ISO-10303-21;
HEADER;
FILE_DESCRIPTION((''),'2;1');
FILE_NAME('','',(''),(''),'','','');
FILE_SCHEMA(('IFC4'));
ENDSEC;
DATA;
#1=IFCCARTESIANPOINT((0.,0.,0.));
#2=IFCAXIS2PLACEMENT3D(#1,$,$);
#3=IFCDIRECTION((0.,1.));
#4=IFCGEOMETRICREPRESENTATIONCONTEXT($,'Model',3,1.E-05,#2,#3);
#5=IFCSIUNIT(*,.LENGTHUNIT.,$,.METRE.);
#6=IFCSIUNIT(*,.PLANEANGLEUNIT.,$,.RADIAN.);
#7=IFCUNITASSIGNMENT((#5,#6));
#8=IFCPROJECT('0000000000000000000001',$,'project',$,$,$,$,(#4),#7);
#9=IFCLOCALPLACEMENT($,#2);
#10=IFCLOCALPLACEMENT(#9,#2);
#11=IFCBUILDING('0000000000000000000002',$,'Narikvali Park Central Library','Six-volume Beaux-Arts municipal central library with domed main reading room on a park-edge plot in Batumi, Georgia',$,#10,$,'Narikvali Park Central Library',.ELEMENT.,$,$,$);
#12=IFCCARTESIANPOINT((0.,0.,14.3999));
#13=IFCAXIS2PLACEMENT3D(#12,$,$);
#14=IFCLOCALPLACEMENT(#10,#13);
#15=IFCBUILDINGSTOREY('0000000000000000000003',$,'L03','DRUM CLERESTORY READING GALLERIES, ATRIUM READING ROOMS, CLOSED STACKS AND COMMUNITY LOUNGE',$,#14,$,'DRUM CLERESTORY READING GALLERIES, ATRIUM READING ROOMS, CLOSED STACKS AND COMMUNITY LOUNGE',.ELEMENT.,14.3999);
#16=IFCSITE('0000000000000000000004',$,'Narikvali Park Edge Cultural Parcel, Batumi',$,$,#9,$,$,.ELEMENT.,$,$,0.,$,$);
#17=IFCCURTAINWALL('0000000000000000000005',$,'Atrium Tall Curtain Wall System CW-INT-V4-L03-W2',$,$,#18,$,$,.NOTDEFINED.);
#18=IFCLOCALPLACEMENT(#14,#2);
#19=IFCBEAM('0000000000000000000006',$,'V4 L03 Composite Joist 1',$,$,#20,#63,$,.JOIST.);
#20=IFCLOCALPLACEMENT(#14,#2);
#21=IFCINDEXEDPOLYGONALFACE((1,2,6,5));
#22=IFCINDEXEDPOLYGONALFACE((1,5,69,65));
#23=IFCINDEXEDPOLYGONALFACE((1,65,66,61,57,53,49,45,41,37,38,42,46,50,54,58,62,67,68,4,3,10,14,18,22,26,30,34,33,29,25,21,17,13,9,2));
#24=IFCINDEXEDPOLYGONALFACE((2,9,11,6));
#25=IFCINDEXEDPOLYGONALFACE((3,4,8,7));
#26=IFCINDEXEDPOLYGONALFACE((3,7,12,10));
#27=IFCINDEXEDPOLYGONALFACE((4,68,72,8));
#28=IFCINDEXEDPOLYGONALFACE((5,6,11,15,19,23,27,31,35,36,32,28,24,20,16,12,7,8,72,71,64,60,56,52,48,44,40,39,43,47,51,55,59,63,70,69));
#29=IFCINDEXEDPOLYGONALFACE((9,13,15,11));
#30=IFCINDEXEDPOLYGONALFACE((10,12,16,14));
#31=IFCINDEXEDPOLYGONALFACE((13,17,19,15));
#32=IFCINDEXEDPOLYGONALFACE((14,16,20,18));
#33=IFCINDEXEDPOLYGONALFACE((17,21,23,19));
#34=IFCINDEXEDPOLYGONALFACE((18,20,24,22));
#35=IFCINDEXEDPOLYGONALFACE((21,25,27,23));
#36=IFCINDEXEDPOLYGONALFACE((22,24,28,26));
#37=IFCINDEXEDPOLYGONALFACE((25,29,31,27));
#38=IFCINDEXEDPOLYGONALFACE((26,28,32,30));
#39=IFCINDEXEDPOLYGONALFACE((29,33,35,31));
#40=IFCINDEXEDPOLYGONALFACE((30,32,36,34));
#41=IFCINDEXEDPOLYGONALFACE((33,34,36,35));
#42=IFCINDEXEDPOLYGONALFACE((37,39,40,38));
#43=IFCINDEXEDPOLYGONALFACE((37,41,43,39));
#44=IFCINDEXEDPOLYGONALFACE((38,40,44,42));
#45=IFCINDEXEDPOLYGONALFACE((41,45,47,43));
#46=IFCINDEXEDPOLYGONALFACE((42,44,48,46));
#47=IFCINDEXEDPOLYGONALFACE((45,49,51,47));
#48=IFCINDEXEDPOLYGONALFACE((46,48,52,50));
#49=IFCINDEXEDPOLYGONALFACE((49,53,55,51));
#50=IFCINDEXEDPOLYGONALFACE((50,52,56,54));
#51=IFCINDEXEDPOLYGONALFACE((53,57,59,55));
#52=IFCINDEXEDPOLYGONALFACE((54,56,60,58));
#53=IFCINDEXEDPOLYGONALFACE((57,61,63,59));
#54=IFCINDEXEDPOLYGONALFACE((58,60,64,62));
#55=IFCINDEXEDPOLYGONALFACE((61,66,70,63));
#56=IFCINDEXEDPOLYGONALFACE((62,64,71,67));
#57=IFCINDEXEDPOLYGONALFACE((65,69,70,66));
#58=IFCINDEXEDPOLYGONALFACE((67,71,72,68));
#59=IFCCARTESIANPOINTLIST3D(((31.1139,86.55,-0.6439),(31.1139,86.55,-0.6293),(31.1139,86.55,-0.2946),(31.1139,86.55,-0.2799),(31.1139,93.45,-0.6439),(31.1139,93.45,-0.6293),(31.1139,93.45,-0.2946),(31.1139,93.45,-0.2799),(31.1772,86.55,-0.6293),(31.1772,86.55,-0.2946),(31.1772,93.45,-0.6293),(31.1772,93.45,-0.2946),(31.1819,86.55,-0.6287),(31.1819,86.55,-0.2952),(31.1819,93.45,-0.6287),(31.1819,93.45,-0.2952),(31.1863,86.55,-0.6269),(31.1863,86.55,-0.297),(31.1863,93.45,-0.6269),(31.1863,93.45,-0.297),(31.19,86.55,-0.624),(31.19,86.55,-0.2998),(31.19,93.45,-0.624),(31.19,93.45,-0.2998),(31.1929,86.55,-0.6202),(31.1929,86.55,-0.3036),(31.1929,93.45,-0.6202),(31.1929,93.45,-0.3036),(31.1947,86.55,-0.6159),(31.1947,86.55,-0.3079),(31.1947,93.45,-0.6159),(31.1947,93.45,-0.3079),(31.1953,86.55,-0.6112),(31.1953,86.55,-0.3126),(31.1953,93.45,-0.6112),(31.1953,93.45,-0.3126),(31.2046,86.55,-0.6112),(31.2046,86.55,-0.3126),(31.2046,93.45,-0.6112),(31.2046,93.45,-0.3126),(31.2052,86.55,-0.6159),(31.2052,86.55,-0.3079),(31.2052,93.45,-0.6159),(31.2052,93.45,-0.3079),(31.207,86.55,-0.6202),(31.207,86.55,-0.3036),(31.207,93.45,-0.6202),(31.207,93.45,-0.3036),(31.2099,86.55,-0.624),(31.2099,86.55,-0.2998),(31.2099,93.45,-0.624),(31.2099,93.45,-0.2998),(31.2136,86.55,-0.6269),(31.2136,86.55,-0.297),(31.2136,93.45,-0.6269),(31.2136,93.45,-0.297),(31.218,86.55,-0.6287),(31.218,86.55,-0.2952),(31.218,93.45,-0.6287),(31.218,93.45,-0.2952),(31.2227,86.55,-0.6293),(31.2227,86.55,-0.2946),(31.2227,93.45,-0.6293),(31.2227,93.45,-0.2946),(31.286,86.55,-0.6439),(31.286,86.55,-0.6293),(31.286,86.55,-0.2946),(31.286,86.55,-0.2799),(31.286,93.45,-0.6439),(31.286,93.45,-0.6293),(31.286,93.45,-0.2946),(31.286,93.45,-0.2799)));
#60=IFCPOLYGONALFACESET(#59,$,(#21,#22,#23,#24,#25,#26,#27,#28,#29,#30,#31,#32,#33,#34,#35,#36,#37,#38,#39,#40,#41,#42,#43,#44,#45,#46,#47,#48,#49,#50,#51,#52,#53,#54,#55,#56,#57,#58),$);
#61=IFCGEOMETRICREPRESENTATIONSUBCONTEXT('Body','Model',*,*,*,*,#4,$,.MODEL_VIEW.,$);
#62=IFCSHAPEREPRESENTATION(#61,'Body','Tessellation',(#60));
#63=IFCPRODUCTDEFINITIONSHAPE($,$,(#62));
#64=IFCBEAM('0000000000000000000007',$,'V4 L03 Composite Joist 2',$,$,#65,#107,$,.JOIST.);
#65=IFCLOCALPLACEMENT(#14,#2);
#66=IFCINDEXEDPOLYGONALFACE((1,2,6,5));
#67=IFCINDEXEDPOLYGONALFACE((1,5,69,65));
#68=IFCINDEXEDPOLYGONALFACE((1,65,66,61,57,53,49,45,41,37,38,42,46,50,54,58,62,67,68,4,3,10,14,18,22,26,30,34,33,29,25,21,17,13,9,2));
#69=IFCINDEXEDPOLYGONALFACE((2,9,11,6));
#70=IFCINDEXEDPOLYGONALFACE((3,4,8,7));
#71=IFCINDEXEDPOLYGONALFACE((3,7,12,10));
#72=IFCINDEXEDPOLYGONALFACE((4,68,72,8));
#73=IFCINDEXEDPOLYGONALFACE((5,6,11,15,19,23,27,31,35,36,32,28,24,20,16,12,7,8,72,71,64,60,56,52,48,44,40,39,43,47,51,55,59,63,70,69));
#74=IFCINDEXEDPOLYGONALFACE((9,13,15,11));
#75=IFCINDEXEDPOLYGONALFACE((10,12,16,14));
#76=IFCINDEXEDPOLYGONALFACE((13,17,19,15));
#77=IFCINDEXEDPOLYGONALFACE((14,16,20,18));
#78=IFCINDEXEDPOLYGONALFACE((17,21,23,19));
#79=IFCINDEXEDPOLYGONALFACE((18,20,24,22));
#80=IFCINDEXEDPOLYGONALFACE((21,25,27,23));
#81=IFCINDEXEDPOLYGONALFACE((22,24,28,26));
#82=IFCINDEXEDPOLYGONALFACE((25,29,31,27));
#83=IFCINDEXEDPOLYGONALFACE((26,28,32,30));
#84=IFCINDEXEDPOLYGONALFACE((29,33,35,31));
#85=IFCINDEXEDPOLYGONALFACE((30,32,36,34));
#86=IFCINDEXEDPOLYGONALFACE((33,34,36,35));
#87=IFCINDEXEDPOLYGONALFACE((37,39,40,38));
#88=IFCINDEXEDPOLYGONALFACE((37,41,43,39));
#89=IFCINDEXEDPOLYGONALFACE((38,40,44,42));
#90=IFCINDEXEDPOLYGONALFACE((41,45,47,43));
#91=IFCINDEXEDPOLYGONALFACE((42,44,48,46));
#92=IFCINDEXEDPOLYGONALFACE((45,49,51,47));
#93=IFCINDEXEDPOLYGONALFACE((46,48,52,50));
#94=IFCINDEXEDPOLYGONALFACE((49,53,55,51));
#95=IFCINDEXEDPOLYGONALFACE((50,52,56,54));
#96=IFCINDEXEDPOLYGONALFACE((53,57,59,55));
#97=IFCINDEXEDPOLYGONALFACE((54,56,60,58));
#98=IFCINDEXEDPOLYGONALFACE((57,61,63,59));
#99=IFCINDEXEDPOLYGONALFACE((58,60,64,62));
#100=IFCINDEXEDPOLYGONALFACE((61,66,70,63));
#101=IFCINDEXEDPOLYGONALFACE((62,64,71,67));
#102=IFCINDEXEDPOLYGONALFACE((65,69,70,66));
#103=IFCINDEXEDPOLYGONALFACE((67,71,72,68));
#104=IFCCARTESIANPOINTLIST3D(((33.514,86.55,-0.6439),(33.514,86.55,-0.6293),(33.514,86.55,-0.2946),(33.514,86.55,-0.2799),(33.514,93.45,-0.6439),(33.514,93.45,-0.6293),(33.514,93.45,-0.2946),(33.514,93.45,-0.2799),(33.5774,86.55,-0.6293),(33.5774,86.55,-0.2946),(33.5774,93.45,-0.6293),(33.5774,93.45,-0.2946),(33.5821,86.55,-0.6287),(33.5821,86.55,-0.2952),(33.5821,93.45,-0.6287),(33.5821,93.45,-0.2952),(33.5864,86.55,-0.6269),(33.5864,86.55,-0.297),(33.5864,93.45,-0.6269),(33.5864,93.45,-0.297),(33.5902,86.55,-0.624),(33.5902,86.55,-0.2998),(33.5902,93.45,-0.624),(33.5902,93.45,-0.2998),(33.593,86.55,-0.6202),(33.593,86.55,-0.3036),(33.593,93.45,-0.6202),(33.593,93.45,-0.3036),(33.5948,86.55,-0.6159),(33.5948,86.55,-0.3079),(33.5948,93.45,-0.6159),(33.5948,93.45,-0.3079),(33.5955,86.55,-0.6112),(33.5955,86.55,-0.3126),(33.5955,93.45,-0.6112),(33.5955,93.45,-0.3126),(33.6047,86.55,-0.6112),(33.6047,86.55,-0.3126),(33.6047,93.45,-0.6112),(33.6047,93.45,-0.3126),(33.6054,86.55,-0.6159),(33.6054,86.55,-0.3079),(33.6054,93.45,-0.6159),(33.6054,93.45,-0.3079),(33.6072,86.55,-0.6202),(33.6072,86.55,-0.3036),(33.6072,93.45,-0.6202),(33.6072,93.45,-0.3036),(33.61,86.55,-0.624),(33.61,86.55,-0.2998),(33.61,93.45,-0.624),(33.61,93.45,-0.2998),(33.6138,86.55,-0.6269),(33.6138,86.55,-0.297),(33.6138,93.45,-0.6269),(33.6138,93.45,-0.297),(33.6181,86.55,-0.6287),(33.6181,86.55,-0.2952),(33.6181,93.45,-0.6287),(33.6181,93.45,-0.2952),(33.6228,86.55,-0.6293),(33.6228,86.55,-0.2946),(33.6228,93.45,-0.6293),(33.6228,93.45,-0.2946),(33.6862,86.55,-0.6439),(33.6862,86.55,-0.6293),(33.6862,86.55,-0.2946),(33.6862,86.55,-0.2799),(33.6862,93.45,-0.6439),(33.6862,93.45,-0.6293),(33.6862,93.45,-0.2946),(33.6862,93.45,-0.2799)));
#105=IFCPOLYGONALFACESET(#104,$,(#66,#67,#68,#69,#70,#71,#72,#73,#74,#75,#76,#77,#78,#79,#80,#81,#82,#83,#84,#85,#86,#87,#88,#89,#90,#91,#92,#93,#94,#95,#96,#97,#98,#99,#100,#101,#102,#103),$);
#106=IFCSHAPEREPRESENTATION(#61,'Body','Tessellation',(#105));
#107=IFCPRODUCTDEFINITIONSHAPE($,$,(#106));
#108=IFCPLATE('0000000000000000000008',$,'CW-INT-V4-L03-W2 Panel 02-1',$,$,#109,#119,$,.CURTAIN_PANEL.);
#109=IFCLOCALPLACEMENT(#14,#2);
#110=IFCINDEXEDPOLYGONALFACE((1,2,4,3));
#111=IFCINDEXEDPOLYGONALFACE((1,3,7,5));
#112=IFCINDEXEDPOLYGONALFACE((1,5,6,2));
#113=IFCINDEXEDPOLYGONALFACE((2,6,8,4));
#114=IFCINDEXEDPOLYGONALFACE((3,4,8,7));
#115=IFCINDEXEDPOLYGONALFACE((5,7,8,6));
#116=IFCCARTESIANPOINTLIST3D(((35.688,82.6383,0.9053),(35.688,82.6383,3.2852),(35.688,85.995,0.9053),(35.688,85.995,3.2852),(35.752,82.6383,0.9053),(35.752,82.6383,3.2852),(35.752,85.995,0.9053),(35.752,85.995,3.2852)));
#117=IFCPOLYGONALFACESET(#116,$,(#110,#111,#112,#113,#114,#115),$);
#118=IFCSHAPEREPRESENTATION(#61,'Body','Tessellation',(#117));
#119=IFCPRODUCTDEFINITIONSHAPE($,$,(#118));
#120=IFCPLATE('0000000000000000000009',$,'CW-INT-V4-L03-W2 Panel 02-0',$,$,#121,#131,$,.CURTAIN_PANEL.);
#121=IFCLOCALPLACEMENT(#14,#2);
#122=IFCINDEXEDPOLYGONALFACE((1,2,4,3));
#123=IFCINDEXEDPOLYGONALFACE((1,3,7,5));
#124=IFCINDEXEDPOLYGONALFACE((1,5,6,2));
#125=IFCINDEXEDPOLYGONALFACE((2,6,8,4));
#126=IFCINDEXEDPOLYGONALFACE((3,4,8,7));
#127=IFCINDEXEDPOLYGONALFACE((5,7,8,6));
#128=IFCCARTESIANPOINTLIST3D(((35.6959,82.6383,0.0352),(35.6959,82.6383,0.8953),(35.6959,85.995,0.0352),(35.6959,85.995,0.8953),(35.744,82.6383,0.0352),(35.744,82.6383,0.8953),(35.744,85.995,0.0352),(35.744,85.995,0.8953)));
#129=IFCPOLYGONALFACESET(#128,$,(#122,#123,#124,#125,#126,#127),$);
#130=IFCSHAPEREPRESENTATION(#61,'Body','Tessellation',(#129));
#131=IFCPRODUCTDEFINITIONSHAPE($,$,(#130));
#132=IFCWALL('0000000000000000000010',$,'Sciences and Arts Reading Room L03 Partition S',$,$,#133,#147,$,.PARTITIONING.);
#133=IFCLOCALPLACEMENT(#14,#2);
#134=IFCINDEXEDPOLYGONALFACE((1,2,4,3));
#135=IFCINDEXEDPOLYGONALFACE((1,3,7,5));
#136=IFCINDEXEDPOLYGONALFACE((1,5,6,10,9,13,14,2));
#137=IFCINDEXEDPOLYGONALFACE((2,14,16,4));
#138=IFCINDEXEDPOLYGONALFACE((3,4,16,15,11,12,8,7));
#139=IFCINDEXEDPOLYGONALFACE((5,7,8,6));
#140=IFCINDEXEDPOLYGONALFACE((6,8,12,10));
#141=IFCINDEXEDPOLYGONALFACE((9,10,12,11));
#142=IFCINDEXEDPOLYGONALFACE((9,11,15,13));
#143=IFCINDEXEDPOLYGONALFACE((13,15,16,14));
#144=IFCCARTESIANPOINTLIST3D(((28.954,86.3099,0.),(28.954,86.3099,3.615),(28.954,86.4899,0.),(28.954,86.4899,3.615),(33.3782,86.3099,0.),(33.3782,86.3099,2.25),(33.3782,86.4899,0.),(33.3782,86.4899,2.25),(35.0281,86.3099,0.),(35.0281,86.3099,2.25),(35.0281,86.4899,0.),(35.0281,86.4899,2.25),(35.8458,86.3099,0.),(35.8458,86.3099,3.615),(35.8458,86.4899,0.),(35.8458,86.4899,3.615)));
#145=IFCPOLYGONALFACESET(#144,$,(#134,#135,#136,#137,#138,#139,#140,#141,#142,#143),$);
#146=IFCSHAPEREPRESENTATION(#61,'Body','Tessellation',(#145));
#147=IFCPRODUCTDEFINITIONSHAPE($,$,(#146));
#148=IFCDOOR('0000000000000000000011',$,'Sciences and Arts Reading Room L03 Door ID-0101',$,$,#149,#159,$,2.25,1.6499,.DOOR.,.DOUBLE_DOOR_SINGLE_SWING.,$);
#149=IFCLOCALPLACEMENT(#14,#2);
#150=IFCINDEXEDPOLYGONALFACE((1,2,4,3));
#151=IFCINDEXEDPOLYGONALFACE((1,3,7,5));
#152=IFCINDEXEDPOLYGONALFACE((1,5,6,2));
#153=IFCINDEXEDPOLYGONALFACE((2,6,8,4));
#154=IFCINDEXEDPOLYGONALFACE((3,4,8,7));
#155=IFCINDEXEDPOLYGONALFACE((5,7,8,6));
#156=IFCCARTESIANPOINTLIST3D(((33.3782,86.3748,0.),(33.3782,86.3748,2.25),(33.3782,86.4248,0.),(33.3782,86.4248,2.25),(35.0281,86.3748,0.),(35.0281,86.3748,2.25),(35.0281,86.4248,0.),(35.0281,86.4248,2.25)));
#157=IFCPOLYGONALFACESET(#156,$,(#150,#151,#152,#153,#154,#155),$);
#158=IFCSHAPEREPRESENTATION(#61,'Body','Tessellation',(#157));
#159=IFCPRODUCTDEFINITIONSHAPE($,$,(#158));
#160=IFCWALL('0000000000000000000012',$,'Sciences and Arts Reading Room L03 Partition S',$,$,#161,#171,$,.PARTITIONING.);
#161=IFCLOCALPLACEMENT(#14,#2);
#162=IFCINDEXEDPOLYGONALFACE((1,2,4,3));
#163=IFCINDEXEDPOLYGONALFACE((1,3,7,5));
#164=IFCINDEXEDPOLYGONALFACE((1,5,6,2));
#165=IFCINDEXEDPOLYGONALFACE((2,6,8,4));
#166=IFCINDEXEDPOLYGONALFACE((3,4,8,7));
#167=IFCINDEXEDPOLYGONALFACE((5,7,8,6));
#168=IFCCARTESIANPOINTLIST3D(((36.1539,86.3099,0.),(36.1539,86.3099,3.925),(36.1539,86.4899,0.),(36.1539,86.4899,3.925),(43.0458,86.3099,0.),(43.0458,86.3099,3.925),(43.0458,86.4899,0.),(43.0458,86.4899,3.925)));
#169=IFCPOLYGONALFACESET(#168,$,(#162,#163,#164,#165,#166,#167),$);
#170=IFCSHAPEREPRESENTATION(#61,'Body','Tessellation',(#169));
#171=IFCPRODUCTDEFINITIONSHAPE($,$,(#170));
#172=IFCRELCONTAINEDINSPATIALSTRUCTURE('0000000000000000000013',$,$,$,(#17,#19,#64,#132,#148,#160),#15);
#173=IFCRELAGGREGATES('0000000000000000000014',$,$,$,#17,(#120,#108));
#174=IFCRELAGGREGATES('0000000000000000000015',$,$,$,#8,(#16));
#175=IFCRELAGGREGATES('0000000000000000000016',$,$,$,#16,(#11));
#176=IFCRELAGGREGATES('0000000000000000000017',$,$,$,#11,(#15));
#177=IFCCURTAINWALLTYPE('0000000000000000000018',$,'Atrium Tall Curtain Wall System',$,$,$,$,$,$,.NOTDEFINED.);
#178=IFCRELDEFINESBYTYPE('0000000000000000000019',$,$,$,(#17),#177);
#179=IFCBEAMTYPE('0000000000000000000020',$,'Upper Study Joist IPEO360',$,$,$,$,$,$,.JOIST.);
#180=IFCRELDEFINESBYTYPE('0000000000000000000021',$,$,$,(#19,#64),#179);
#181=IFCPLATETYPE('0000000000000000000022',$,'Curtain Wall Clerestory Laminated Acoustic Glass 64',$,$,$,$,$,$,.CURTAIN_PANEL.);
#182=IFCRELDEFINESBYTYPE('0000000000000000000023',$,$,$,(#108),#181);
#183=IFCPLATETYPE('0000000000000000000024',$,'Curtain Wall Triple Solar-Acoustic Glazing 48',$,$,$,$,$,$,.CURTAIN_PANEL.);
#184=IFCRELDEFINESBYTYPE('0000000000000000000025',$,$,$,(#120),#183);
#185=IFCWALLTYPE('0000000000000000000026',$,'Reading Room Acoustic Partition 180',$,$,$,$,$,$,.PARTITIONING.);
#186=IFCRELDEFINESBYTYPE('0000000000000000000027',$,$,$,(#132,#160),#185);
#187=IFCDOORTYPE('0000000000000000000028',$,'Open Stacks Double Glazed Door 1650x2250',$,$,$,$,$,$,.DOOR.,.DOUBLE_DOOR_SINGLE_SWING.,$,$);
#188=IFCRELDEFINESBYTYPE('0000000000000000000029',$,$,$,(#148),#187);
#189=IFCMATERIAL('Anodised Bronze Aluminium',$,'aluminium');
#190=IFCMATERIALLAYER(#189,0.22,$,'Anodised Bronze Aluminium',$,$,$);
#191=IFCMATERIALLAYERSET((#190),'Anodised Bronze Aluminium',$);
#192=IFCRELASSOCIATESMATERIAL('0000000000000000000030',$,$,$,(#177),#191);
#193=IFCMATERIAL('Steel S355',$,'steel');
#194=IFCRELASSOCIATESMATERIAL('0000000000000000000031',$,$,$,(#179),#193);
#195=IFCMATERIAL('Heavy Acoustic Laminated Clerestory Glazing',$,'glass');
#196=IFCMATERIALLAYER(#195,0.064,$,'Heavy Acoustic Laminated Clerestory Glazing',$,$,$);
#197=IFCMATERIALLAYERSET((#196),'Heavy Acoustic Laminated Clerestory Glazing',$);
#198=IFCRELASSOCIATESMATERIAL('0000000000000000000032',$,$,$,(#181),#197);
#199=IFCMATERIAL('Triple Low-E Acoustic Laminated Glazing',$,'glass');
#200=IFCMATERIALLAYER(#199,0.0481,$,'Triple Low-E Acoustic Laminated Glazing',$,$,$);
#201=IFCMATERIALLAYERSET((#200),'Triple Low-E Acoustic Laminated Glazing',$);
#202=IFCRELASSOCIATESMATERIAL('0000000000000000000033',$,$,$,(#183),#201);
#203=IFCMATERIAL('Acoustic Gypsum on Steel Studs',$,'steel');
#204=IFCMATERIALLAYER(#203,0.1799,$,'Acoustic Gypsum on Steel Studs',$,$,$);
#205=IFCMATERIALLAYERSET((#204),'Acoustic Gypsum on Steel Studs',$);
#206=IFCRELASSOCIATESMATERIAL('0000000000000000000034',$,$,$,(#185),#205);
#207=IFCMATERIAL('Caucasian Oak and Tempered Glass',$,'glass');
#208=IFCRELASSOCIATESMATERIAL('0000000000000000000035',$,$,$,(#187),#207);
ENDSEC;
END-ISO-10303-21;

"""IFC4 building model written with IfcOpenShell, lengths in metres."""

from ifc_helpers import new_model, si_unit, direction, frame, frame_2d, origin, origin_2d, place, context, subcontext, project, spatial, rectangle, i_section, extrude, material, layer, layer_set, material_profile, profile_set, type_object, element, fill, aggregate, save


model = new_model("IFC4")

# Units and contexts
model_context = context("Model", 3, precision=1e-05, world=origin(), true_north=direction((0.0, 1.0)))
body_context = subcontext(model_context, "Body", "Model", "MODEL_VIEW")
ifc_project = project(units=[si_unit("LENGTHUNIT", "METRE"), si_unit("PLANEANGLEUNIT", "RADIAN")], contexts=[model_context])

# Site, building, storey
site_placement = place(None, origin())
site = spatial("IfcSite", under=ifc_project, at=site_placement, Name="Narikvali Park Edge Cultural Parcel, Batumi", CompositionType="ELEMENT", RefElevation=0.0)
building_placement = place(site_placement, origin())
building = spatial("IfcBuilding", under=site, at=building_placement, Name="Narikvali Park Central Library", Description="Six-volume Beaux-Arts municipal central library with domed main reading room on a park-edge plot in Batumi, Georgia", LongName="Narikvali Park Central Library", CompositionType="ELEMENT")
storey_placement = place(building_placement, frame((0.0, 0.0, 14.3999)))
storey = spatial("IfcBuildingStorey", under=building, at=storey_placement, Name="L03", Description="DRUM CLERESTORY READING GALLERIES, ATRIUM READING ROOMS, CLOSED STACKS AND COMMUNITY LOUNGE", LongName="DRUM CLERESTORY READING GALLERIES, ATRIUM READING ROOMS, CLOSED STACKS AND COMMUNITY LOUNGE", CompositionType="ELEMENT", Elevation=14.3999)

# Shared definitions
ifc_material_1 = material(Name="Steel S355", Category="steel")

# Curtain wall
ifc_material_2 = material(Name="Anodised Bronze Aluminium", Category="aluminium")
ifc_layer_1 = layer(ifc_material_2, 0.22, Name="Anodised Bronze Aluminium")
ifc_layer_set_1 = layer_set([ifc_layer_1], Name="Anodised Bronze Aluminium")
curtain_wall_type = type_object("IfcCurtainWallType", Name="Atrium Tall Curtain Wall System", PredefinedType="NOTDEFINED", material=ifc_layer_set_1)
curtain_wall_1_placement = place(storey_placement, origin())
curtain_wall_1 = element("IfcCurtainWall", 1, at=curtain_wall_1_placement, inside=storey, type_object=curtain_wall_type, Name="Atrium Tall Curtain Wall System CW-INT-V4-L03-W2", PredefinedType="NOTDEFINED")

# Beams
ifc_material_profile_1 = material_profile(ifc_material_1, i_section(OverallWidth=0.1721, OverallDepth=0.364, WebThickness=0.0093, FlangeThickness=0.0146, FilletRadius=0.0181, at=origin_2d()), Name="IPEO 360")
ifc_profile_set_1 = profile_set([ifc_material_profile_1], Name="Steel S355")
beam_type_1 = type_object("IfcBeamType", Name="Upper Study Joist IPEO360", PredefinedType="JOIST", material=ifc_profile_set_1)
for number, where, z_axis, x_axis, name in (
    (2, (31.2, 86.55, -0.4619), (0.0, 1.0, 0.0), (-1.0, 0.0, 0.0), "V4 L03 Composite Joist 1"),
    (3, (33.6001, 86.55, -0.4619), (0.0, 1.0, 0.0), (-1.0, 0.0, 0.0), "V4 L03 Composite Joist 2"),
):
    element("IfcBeam", number, at=place(storey_placement, frame(where, z_axis=z_axis, x_axis=x_axis)), inside=storey, type_object=beam_type_1, Name=name, PredefinedType="JOIST", context=body_context, shape_type="SweptSolid", body=[
        extrude(i_section(OverallWidth=0.1721, OverallDepth=0.364, WebThickness=0.0093, FlangeThickness=0.0146, FilletRadius=0.0181, at=origin_2d()), origin(), (0.0, 0.0, 1.0), 6.8999),
    ])

# Plates
ifc_material_3 = material(Name="Heavy Acoustic Laminated Clerestory Glazing", Category="glass")
ifc_layer_2 = layer(ifc_material_3, 0.064, Name="Heavy Acoustic Laminated Clerestory Glazing")
ifc_layer_set_2 = layer_set([ifc_layer_2], Name="Heavy Acoustic Laminated Clerestory Glazing")
plate_type_1 = type_object("IfcPlateType", Name="Curtain Wall Clerestory Laminated Acoustic Glass 64", PredefinedType="CURTAIN_PANEL", material=ifc_layer_set_2)
plate_1_placement = place(storey_placement, frame((35.72, 84.3167, 0.9053), z_axis=(0.0, 0.0, 1.0), x_axis=(0.0, 1.0, 0.0)))
plate_1 = element("IfcPlate", 4, at=plate_1_placement, type_object=plate_type_1, Name="CW-INT-V4-L03-W2 Panel 02-1", PredefinedType="CURTAIN_PANEL", context=body_context, shape_type="SweptSolid", body=[
    extrude(rectangle(XDim=3.3567, YDim=0.064, at=origin_2d()), origin(), (0.0, 0.0, 1.0), 2.3799),
])
ifc_material_4 = material(Name="Triple Low-E Acoustic Laminated Glazing", Category="glass")
ifc_layer_3 = layer(ifc_material_4, 0.0481, Name="Triple Low-E Acoustic Laminated Glazing")
ifc_layer_set_3 = layer_set([ifc_layer_3], Name="Triple Low-E Acoustic Laminated Glazing")
plate_type_2 = type_object("IfcPlateType", Name="Curtain Wall Triple Solar-Acoustic Glazing 48", PredefinedType="CURTAIN_PANEL", material=ifc_layer_set_3)
plate_2_placement = place(storey_placement, frame((35.72, 84.3167, 0.0352), z_axis=(0.0, 0.0, 1.0), x_axis=(0.0, 1.0, 0.0)))
plate_2 = element("IfcPlate", 5, at=plate_2_placement, type_object=plate_type_2, Name="CW-INT-V4-L03-W2 Panel 02-0", PredefinedType="CURTAIN_PANEL", context=body_context, shape_type="SweptSolid", body=[
    extrude(rectangle(XDim=3.3567, YDim=0.0481, at=origin_2d()), origin(), (0.0, 0.0, 1.0), 0.8601),
])
aggregate(curtain_wall_1, [plate_2, plate_1])

# Wall, opening, door
ifc_material_5 = material(Name="Acoustic Gypsum on Steel Studs", Category="steel")
ifc_layer_4 = layer(ifc_material_5, 0.1799, Name="Acoustic Gypsum on Steel Studs")
ifc_layer_set_4 = layer_set([ifc_layer_4], Name="Acoustic Gypsum on Steel Studs")
wall_type_1 = type_object("IfcWallType", Name="Reading Room Acoustic Partition 180", PredefinedType="PARTITIONING", material=ifc_layer_set_4)
wall_1_placement = place(storey_placement, frame((28.9541, 86.3999, 0.0), z_axis=(0.0, 0.0, 1.0), x_axis=(1.0, 0.0, 0.0)))
wall_1 = element("IfcWall", 6, at=wall_1_placement, inside=storey, type_object=wall_type_1, Name="Sciences and Arts Reading Room L03 Partition S", PredefinedType="PARTITIONING", context=body_context, shape_type="SweptSolid", body=[
    extrude(rectangle(XDim=6.8918, YDim=0.1799, at=frame_2d((3.4458, 0.0))), origin(), (0.0, 0.0, 1.0), 3.615),
])
opening_1_placement = place(wall_1_placement, frame((4.4241, 0.0, 0.0)))
opening_1 = element("IfcOpeningElement", 7, at=opening_1_placement, cuts=wall_1, PredefinedType="OPENING", context=body_context, shape_type="SweptSolid", body=[
    extrude(rectangle(XDim=1.6499, YDim=2.25, at=frame_2d((0.825, 1.125))), frame((0.0, 0.1021, 0.0), z_axis=(0.0, -1.0, 0.0), x_axis=(1.0, 0.0, 0.0)), (0.0, 0.0, 1.0), 0.2039),
])
ifc_material_6 = material(Name="Caucasian Oak and Tempered Glass", Category="glass")
door_type = type_object("IfcDoorType", Name="Open Stacks Double Glazed Door 1650x2250", OperationType="DOUBLE_DOOR_SINGLE_SWING", PredefinedType="DOOR", material=ifc_material_6)
door_placement = place(opening_1_placement, origin())
door = element("IfcDoor", 8, at=door_placement, inside=storey, type_object=door_type, Name="Sciences and Arts Reading Room L03 Door ID-0101", OperationType="DOUBLE_DOOR_SINGLE_SWING", OverallHeight=2.25, OverallWidth=1.6499, PredefinedType="DOOR", context=body_context, shape_type="SweptSolid", body=[
    extrude(rectangle(XDim=1.6499, YDim=2.25, at=frame_2d((0.825, 1.125))), frame((0.0, 0.0249, 0.0), z_axis=(0.0, -1.0, 0.0), x_axis=(1.0, 0.0, 0.0)), (0.0, 0.0, 1.0), 0.05),
])
fill(opening_1, door)

# Wall
wall_2_placement = place(storey_placement, frame((36.1541, 86.3999, 0.0), z_axis=(0.0, 0.0, 1.0), x_axis=(1.0, 0.0, 0.0)))
element("IfcWall", 9, at=wall_2_placement, inside=storey, type_object=wall_type_1, Name="Sciences and Arts Reading Room L03 Partition S", PredefinedType="PARTITIONING", context=body_context, shape_type="SweptSolid", body=[
    extrude(rectangle(XDim=6.8918, YDim=0.1799, at=frame_2d((3.4458, 0.0))), origin(), (0.0, 0.0, 1.0), 3.925),
])

save(model, "model.ifc")
